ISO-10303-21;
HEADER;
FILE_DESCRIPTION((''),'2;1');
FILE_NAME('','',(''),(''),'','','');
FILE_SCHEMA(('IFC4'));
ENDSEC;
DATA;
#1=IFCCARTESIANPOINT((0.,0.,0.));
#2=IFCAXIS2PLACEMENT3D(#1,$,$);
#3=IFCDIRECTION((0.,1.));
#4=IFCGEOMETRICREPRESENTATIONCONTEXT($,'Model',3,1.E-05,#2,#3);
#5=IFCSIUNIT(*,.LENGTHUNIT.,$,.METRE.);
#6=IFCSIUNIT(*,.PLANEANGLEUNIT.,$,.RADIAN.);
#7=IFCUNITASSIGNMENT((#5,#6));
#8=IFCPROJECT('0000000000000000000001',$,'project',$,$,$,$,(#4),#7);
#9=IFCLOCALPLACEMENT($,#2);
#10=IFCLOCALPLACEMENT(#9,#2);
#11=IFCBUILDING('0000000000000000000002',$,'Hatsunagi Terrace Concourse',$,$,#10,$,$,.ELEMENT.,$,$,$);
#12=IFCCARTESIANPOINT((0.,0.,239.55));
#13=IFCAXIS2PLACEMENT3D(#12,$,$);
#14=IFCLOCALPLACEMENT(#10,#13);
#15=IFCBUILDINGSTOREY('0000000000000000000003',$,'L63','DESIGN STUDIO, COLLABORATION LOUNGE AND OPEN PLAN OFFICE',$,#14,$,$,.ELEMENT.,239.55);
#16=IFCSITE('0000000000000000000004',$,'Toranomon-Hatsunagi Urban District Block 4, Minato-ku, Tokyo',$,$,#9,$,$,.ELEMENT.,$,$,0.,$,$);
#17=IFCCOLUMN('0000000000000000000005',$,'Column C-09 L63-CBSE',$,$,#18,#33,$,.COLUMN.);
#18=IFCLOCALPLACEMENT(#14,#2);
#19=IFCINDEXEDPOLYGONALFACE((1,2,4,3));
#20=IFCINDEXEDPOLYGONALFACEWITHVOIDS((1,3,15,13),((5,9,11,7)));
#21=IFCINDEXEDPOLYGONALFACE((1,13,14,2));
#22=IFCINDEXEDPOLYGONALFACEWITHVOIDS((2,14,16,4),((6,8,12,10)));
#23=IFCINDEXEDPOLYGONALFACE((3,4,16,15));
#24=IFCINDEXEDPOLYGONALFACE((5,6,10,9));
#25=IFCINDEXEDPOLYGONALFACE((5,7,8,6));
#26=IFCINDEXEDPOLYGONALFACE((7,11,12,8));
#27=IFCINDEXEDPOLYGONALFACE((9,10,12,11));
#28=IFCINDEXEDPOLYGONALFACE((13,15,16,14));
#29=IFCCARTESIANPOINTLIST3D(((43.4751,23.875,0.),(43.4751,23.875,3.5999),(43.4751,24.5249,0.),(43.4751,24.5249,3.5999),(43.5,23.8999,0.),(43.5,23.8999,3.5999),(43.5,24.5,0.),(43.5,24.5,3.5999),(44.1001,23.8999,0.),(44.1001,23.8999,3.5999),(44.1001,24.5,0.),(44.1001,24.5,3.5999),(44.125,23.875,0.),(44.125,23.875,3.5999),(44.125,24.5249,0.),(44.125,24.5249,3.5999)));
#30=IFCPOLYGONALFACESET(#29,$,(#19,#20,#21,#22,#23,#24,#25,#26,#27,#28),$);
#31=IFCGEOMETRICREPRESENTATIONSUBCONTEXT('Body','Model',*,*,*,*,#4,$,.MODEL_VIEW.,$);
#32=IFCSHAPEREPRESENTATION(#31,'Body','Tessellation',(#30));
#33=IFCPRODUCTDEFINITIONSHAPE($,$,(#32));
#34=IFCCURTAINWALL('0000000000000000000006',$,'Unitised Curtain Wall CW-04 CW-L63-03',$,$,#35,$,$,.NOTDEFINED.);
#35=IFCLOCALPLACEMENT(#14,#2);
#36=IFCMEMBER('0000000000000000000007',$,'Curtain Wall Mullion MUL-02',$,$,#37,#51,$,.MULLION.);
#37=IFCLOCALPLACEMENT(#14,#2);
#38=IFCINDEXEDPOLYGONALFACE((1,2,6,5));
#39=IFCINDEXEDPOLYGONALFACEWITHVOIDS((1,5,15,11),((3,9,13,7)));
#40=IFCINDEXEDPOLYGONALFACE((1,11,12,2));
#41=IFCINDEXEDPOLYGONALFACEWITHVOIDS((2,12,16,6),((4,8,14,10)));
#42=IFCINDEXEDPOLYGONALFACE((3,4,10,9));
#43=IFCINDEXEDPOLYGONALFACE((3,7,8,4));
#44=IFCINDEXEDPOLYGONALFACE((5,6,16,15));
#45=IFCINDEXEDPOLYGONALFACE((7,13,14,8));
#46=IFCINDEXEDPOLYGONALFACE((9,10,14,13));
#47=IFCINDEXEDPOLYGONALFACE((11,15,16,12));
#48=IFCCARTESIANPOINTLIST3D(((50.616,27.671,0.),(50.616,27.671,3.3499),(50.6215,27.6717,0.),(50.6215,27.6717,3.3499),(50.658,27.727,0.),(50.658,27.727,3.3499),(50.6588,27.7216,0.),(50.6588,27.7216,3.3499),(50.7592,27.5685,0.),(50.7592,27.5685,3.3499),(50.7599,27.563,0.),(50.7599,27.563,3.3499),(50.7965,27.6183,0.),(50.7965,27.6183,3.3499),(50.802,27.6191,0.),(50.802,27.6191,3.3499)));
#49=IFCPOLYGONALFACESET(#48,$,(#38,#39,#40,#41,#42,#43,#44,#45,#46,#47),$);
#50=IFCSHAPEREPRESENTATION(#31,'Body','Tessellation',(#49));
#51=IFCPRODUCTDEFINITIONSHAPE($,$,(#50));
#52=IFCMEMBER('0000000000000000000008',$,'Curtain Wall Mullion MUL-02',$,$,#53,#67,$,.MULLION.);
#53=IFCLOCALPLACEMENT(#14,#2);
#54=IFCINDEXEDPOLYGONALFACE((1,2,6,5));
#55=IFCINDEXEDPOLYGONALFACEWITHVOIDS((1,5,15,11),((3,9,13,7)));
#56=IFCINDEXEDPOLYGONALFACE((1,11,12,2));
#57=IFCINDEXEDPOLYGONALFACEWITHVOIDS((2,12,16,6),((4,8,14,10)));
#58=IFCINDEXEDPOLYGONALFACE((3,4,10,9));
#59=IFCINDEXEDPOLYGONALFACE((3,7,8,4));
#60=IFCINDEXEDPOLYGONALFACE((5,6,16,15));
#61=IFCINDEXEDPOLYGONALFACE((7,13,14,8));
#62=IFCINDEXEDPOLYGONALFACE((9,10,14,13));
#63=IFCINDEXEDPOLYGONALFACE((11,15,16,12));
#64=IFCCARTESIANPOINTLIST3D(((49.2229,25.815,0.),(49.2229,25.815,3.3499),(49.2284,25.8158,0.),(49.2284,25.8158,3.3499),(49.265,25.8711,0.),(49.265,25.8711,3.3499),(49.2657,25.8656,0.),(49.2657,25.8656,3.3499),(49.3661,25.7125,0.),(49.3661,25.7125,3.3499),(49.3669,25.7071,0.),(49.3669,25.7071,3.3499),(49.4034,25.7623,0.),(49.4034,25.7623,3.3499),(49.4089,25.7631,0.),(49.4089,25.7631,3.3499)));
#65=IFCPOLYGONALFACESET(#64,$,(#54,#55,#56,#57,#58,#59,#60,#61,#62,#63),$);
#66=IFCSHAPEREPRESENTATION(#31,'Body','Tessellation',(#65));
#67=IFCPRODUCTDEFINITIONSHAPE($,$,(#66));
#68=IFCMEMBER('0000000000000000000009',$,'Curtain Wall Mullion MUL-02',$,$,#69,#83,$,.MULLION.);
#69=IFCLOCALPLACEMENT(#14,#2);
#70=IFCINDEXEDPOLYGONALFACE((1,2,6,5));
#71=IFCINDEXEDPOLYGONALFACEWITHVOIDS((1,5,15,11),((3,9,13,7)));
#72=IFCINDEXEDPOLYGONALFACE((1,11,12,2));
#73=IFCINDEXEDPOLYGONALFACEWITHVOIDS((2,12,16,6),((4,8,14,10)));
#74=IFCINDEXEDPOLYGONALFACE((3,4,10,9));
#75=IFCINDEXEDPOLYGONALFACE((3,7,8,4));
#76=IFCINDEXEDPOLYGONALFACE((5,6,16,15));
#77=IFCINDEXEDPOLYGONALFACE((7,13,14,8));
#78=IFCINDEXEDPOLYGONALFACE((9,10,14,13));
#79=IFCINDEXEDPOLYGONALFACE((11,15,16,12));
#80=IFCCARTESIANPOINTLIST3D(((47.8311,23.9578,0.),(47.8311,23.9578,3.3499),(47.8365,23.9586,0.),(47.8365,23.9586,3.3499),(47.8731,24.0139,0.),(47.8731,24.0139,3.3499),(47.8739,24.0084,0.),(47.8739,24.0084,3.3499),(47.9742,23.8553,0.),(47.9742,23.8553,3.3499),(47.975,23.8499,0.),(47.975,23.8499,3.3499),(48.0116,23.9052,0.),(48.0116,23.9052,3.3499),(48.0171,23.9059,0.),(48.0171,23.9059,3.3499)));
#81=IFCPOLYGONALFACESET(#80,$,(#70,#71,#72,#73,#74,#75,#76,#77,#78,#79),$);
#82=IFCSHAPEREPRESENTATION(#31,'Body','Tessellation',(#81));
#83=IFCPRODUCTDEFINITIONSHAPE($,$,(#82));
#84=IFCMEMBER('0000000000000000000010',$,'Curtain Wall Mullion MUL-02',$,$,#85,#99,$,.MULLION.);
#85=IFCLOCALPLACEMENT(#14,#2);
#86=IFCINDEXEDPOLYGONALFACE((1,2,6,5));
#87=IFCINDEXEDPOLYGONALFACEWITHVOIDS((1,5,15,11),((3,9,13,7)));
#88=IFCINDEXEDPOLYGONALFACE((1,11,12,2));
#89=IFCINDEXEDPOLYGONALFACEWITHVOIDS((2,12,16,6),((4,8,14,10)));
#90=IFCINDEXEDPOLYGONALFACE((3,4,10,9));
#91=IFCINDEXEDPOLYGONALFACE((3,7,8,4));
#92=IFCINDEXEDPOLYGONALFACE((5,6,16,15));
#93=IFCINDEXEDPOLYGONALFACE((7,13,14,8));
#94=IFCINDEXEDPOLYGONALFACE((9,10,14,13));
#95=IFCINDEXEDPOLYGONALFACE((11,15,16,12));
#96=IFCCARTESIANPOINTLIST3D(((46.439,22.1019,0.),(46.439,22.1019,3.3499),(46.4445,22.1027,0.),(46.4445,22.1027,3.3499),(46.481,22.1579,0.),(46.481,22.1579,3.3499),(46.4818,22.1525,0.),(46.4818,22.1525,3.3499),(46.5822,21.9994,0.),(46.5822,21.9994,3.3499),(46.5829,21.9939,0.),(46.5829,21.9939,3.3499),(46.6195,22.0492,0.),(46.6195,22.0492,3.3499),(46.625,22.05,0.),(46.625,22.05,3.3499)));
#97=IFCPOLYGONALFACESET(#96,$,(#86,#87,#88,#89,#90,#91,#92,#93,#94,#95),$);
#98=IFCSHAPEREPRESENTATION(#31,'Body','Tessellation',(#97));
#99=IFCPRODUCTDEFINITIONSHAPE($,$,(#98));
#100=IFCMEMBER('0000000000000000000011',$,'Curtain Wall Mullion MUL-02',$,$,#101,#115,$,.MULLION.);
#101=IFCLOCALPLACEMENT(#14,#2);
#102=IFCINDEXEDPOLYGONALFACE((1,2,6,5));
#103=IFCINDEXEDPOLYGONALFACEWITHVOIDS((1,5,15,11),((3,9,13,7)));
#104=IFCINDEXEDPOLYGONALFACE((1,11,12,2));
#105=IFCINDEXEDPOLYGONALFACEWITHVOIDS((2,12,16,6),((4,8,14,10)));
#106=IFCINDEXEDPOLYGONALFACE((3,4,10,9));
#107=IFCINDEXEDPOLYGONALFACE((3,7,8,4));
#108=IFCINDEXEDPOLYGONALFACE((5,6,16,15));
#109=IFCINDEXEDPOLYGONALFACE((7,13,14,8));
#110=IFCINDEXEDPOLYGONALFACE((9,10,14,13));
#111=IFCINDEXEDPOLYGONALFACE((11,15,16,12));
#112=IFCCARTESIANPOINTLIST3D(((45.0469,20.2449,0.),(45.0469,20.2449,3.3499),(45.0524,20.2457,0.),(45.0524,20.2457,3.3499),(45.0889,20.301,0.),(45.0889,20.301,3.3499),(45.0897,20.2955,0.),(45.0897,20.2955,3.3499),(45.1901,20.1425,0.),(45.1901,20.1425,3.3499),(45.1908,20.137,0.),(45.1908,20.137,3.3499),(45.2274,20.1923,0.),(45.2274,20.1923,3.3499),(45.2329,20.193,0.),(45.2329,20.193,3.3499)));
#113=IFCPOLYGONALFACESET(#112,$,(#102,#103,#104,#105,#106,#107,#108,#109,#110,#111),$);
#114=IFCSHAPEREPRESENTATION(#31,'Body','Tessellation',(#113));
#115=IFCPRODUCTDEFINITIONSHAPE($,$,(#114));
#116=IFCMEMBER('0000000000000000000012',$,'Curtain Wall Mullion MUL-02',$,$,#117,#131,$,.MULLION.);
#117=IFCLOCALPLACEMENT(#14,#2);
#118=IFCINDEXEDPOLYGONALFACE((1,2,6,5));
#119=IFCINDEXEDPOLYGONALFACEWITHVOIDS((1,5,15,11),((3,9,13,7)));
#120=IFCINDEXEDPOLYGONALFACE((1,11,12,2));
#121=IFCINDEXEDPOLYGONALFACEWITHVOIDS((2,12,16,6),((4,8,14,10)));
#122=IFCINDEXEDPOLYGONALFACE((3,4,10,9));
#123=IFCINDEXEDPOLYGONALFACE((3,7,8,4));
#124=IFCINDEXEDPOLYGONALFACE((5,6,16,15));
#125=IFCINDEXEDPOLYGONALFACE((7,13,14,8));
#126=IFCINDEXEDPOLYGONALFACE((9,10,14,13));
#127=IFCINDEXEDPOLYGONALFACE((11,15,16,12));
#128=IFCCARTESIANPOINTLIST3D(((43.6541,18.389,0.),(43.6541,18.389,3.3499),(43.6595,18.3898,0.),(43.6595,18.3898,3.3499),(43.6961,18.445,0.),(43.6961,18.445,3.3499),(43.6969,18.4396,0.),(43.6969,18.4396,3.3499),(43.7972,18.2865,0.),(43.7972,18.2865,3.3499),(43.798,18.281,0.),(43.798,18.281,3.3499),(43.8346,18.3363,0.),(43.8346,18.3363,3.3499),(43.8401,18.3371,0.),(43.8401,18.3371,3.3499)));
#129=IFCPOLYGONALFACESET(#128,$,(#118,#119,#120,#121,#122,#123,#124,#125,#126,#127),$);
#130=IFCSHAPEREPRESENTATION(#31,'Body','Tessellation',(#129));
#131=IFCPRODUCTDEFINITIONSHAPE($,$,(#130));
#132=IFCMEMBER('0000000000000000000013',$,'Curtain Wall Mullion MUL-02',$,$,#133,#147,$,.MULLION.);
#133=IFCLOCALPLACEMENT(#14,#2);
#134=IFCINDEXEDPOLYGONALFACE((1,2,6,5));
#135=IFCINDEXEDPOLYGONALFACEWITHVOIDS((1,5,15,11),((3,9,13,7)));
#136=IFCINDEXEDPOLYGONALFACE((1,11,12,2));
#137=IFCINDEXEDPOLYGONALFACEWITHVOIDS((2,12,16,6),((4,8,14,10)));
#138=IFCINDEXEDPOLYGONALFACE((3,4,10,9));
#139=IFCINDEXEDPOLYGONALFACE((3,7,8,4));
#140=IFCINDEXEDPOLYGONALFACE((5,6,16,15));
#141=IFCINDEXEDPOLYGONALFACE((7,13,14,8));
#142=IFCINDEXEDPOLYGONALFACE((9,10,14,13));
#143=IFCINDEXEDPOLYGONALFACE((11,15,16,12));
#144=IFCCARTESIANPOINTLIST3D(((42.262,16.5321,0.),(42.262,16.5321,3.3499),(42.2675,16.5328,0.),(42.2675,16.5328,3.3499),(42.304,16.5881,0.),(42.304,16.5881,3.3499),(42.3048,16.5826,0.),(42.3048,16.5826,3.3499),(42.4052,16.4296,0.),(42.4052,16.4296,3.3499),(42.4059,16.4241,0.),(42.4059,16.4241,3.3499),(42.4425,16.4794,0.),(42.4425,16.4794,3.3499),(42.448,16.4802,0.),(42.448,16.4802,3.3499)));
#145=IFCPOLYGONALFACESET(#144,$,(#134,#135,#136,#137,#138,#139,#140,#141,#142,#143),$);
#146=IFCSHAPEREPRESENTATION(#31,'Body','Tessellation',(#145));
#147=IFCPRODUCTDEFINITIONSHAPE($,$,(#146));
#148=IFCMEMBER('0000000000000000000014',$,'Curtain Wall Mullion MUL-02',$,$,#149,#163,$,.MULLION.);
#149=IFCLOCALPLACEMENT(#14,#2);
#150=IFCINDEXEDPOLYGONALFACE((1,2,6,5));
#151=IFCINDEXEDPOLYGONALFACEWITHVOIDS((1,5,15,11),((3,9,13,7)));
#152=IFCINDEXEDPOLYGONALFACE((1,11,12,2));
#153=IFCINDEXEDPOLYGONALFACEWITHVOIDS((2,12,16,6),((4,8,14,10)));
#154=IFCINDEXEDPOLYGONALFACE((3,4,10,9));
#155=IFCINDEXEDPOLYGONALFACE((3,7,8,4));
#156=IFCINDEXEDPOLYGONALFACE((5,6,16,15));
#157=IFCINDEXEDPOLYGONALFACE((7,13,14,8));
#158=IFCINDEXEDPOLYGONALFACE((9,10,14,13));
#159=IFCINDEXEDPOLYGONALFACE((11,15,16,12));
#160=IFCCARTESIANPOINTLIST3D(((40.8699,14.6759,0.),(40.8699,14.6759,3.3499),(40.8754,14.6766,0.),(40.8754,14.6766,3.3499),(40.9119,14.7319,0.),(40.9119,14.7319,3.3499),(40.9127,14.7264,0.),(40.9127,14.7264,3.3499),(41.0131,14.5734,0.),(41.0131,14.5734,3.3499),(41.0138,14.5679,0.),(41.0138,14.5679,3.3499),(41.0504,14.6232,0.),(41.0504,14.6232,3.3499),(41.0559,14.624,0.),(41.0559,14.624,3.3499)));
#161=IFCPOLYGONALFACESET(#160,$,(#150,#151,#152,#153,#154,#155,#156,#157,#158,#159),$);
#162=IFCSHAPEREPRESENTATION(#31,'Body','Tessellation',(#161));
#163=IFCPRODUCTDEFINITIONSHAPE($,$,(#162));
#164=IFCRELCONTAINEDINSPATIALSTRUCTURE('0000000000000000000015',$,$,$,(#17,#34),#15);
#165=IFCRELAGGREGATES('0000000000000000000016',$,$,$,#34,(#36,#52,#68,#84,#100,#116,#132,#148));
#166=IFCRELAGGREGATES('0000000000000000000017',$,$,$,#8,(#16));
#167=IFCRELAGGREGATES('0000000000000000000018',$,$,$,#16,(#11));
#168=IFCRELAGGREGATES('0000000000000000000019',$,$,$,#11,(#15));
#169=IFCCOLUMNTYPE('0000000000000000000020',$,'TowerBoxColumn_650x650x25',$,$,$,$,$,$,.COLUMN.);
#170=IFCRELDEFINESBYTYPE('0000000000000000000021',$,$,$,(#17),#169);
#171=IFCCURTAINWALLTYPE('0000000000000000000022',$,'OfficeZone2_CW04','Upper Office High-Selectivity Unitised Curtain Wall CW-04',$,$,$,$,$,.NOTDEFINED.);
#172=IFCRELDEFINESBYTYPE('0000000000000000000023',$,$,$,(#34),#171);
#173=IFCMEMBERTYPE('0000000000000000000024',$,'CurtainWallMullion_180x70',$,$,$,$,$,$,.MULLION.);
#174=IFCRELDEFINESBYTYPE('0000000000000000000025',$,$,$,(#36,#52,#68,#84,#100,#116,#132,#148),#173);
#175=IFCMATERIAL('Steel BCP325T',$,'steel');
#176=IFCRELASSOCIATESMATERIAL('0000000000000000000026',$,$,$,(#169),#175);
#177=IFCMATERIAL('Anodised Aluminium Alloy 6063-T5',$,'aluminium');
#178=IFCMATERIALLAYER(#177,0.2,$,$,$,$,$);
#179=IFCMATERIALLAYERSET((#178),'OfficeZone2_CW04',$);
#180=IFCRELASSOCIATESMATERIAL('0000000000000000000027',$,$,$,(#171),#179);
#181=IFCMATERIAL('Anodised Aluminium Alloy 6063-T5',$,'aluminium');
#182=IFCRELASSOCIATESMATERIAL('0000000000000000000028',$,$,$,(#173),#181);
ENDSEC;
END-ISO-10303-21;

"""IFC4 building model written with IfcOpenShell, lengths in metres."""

from ifc_helpers import new_model, si_unit, direction, frame, origin, origin_2d, place, context, subcontext, project, spatial, hollow_rectangle, extrude, material, layer, layer_set, material_profile, profile_set, type_object, element, aggregate, save


model = new_model("IFC4")

# Units and contexts
model_context = context("Model", 3, precision=1e-05, world=origin(), true_north=direction((0.0, 1.0)))
body_context = subcontext(model_context, "Body", "Model", "MODEL_VIEW")
ifc_project = project(units=[si_unit("LENGTHUNIT", "METRE"), si_unit("PLANEANGLEUNIT", "RADIAN")], contexts=[model_context])

# Site, building, storey
site_placement = place(None, origin())
site = spatial("IfcSite", under=ifc_project, at=site_placement, Name="Toranomon-Hatsunagi Urban District Block 4, Minato-ku, Tokyo", CompositionType="ELEMENT", RefElevation=0.0)
building_placement = place(site_placement, origin())
building = spatial("IfcBuilding", under=site, at=building_placement, Name="Hatsunagi Terrace Concourse", CompositionType="ELEMENT")
storey_placement = place(building_placement, frame((0.0, 0.0, 239.55)))
storey = spatial("IfcBuildingStorey", under=building, at=storey_placement, Name="L63", Description="DESIGN STUDIO, COLLABORATION LOUNGE AND OPEN PLAN OFFICE", CompositionType="ELEMENT", Elevation=239.55)

# Column
ifc_material_1 = material(Name="Steel BCP325T", Category="steel")
ifc_material_profile_1 = material_profile(ifc_material_1, hollow_rectangle(XDim=0.6499, YDim=0.6499, WallThickness=0.0249, at=origin_2d()), Name="BCP-650x650x25")
ifc_profile_set_1 = profile_set([ifc_material_profile_1], Name="Steel BCP325T")
column_type = type_object("IfcColumnType", Name="TowerBoxColumn_650x650x25", PredefinedType="COLUMN", material=ifc_profile_set_1)
column_placement = place(storey_placement, frame((43.8, 24.2, 0.0), z_axis=(0.0, 0.0, 1.0), x_axis=(1.0, 0.0, 0.0)))
element("IfcColumn", 1, at=column_placement, inside=storey, type_object=column_type, Name="Column C-09 L63-CBSE", PredefinedType="COLUMN", context=body_context, shape_type="SweptSolid", body=[
    extrude(hollow_rectangle(XDim=0.6499, YDim=0.6499, WallThickness=0.0249, at=origin_2d()), origin(), (0.0, 0.0, 1.0), 3.5999),
])

# Curtain wall, members
ifc_material_2 = material(Name="Anodised Aluminium Alloy 6063-T5", Category="aluminium")
ifc_layer_1 = layer(ifc_material_2, 0.2)
ifc_layer_set_1 = layer_set([ifc_layer_1], Name="OfficeZone2_CW04")
curtain_wall_type = type_object("IfcCurtainWallType", Name="OfficeZone2_CW04", Description="Upper Office High-Selectivity Unitised Curtain Wall CW-04", PredefinedType="NOTDEFINED", material=ifc_layer_set_1)
curtain_wall_placement = place(storey_placement, origin())
curtain_wall = element("IfcCurtainWall", 2, at=curtain_wall_placement, inside=storey, type_object=curtain_wall_type, Name="Unitised Curtain Wall CW-04 CW-L63-03", PredefinedType="NOTDEFINED")
ifc_material_3 = material(Name="Anodised Aluminium Alloy 6063-T5", Category="aluminium")
ifc_material_profile_2 = material_profile(ifc_material_3, hollow_rectangle(XDim=0.0701, YDim=0.1799, WallThickness=0.0039, at=origin_2d()), Name="ALU-MUL-180x70x4")
ifc_profile_set_2 = profile_set([ifc_material_profile_2], Name="Anodised Aluminium Alloy 6063-T5")
member_type = type_object("IfcMemberType", Name="CurtainWallMullion_180x70", PredefinedType="MULLION", material=ifc_profile_set_2)
member_1_placement = place(storey_placement, frame((50.709, 27.645, 0.0), z_axis=(0.0, 0.0, 1.0), x_axis=(-0.599969, -0.800023, 0.0)))
member_1 = element("IfcMember", 3, at=member_1_placement, type_object=member_type, Name="Curtain Wall Mullion MUL-02", PredefinedType="MULLION", context=body_context, shape_type="SweptSolid", body=[
    extrude(hollow_rectangle(XDim=0.0701, YDim=0.1799, WallThickness=0.0039, at=origin_2d()), origin(), (0.0, 0.0, 1.0), 3.3499),
])
member_2_placement = place(storey_placement, frame((49.3159, 25.7891, 0.0), z_axis=(0.0, 0.0, 1.0), x_axis=(-0.599969, -0.800023, 0.0)))
member_2 = element("IfcMember", 4, at=member_2_placement, type_object=member_type, Name="Curtain Wall Mullion MUL-02", PredefinedType="MULLION", context=body_context, shape_type="SweptSolid", body=[
    extrude(hollow_rectangle(XDim=0.0701, YDim=0.1799, WallThickness=0.0039, at=origin_2d()), origin(), (0.0, 0.0, 1.0), 3.3499),
])
member_3_placement = place(storey_placement, frame((47.9241, 23.9319, 0.0), z_axis=(0.0, 0.0, 1.0), x_axis=(-0.599969, -0.800023, 0.0)))
member_3 = element("IfcMember", 5, at=member_3_placement, type_object=member_type, Name="Curtain Wall Mullion MUL-02", PredefinedType="MULLION", context=body_context, shape_type="SweptSolid", body=[
    extrude(hollow_rectangle(XDim=0.0701, YDim=0.1799, WallThickness=0.0039, at=origin_2d()), origin(), (0.0, 0.0, 1.0), 3.3499),
])
member_4_placement = place(storey_placement, frame((46.532, 22.0759, 0.0), z_axis=(0.0, 0.0, 1.0), x_axis=(-0.599969, -0.800023, 0.0)))
member_4 = element("IfcMember", 6, at=member_4_placement, type_object=member_type, Name="Curtain Wall Mullion MUL-02", PredefinedType="MULLION", context=body_context, shape_type="SweptSolid", body=[
    extrude(hollow_rectangle(XDim=0.0701, YDim=0.1799, WallThickness=0.0039, at=origin_2d()), origin(), (0.0, 0.0, 1.0), 3.3499),
])
member_5_placement = place(storey_placement, frame((45.1399, 20.219, 0.0), z_axis=(0.0, 0.0, 1.0), x_axis=(-0.599969, -0.800023, 0.0)))
member_5 = element("IfcMember", 7, at=member_5_placement, type_object=member_type, Name="Curtain Wall Mullion MUL-02", PredefinedType="MULLION", context=body_context, shape_type="SweptSolid", body=[
    extrude(hollow_rectangle(XDim=0.0701, YDim=0.1799, WallThickness=0.0039, at=origin_2d()), origin(), (0.0, 0.0, 1.0), 3.3499),
])
member_6_placement = place(storey_placement, frame((43.7471, 18.363, 0.0), z_axis=(0.0, 0.0, 1.0), x_axis=(-0.599969, -0.800023, 0.0)))
member_6 = element("IfcMember", 8, at=member_6_placement, type_object=member_type, Name="Curtain Wall Mullion MUL-02", PredefinedType="MULLION", context=body_context, shape_type="SweptSolid", body=[
    extrude(hollow_rectangle(XDim=0.0701, YDim=0.1799, WallThickness=0.0039, at=origin_2d()), origin(), (0.0, 0.0, 1.0), 3.3499),
])
member_7_placement = place(storey_placement, frame((42.355, 16.5061, 0.0), z_axis=(0.0, 0.0, 1.0), x_axis=(-0.599969, -0.800023, 0.0)))
member_7 = element("IfcMember", 9, at=member_7_placement, type_object=member_type, Name="Curtain Wall Mullion MUL-02", PredefinedType="MULLION", context=body_context, shape_type="SweptSolid", body=[
    extrude(hollow_rectangle(XDim=0.0701, YDim=0.1799, WallThickness=0.0039, at=origin_2d()), origin(), (0.0, 0.0, 1.0), 3.3499),
])
member_8_placement = place(storey_placement, frame((40.9629, 14.6499, 0.0), z_axis=(0.0, 0.0, 1.0), x_axis=(-0.599969, -0.800023, 0.0)))
member_8 = element("IfcMember", 10, at=member_8_placement, type_object=member_type, Name="Curtain Wall Mullion MUL-02", PredefinedType="MULLION", context=body_context, shape_type="SweptSolid", body=[
    extrude(hollow_rectangle(XDim=0.0701, YDim=0.1799, WallThickness=0.0039, at=origin_2d()), origin(), (0.0, 0.0, 1.0), 3.3499),
])

aggregate(curtain_wall, [member_1, member_2, member_3, member_4, member_5, member_6, member_7, member_8])

save(model, "model.ifc")
